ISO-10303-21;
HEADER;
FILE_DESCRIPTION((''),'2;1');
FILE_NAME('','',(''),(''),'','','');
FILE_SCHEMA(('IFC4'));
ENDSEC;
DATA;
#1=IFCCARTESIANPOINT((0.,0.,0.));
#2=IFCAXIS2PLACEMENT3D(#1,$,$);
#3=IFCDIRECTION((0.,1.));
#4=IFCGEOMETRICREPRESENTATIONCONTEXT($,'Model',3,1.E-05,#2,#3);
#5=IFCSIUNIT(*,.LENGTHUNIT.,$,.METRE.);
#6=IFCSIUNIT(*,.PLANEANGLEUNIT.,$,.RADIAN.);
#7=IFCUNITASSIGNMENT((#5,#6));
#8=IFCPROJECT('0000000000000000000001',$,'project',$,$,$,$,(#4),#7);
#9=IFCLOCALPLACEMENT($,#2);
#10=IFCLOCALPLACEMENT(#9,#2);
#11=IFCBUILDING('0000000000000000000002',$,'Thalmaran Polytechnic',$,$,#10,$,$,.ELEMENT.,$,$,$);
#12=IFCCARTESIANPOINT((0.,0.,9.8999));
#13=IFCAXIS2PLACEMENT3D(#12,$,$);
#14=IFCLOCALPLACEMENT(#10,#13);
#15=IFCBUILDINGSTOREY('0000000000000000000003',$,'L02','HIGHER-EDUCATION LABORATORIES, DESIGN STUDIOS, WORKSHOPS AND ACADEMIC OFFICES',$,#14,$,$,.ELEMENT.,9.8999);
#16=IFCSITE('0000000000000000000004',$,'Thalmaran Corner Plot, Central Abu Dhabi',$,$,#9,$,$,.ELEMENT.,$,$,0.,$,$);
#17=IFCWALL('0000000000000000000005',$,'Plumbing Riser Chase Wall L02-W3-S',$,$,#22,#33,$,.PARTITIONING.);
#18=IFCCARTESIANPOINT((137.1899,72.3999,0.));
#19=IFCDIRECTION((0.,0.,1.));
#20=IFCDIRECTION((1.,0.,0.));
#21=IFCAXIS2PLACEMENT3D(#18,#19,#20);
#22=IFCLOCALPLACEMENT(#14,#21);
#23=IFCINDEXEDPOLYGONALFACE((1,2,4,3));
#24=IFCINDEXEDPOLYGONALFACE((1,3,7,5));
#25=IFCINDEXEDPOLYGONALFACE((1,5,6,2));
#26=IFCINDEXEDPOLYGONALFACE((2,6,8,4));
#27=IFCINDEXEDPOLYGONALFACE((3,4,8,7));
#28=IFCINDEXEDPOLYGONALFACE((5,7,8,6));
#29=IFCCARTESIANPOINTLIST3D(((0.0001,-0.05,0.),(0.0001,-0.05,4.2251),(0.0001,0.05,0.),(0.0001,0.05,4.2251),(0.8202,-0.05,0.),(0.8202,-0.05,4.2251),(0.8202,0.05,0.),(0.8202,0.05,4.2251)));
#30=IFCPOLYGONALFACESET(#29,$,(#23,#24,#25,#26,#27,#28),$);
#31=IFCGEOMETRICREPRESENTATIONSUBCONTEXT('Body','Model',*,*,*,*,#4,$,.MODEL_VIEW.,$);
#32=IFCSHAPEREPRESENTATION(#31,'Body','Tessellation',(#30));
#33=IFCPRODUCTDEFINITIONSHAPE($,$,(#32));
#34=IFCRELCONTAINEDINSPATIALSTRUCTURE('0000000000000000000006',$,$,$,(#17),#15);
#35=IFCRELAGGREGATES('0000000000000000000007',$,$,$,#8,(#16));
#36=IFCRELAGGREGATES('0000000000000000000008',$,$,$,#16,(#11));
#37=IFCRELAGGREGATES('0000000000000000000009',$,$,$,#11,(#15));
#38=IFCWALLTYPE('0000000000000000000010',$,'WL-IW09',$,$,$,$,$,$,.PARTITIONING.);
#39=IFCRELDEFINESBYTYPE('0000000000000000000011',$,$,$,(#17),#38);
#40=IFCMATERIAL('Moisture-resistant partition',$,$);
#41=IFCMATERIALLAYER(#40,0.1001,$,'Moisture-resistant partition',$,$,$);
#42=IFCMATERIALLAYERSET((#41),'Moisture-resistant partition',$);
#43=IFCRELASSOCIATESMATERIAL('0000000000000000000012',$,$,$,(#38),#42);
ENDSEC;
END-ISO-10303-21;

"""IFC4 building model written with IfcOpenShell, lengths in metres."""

from ifc_helpers import new_model, si_unit, direction, frame, frame_2d, origin, place, context, subcontext, project, spatial, rectangle, extrude, material, layer, layer_set, type_object, element, save


model = new_model("IFC4")

# Units and contexts
model_context = context("Model", 3, precision=1e-05, world=origin(), true_north=direction((0.0, 1.0)))
body_context = subcontext(model_context, "Body", "Model", "MODEL_VIEW")
ifc_project = project(units=[si_unit("LENGTHUNIT", "METRE"), si_unit("PLANEANGLEUNIT", "RADIAN")], contexts=[model_context])

# Site, building, storey
site_placement = place(None, origin())
site = spatial("IfcSite", under=ifc_project, at=site_placement, Name="Thalmaran Corner Plot, Central Abu Dhabi", CompositionType="ELEMENT", RefElevation=0.0)
building_placement = place(site_placement, origin())
building = spatial("IfcBuilding", under=site, at=building_placement, Name="Thalmaran Polytechnic", CompositionType="ELEMENT")
storey_placement = place(building_placement, frame((0.0, 0.0, 9.8999)))
storey = spatial("IfcBuildingStorey", under=building, at=storey_placement, Name="L02", Description="HIGHER-EDUCATION LABORATORIES, DESIGN STUDIOS, WORKSHOPS AND ACADEMIC OFFICES", CompositionType="ELEMENT", Elevation=9.8999)

# Wall
ifc_material_1 = material(Name="Moisture-resistant partition")
ifc_layer_1 = layer(ifc_material_1, 0.1001, Name="Moisture-resistant partition")
ifc_layer_set_1 = layer_set([ifc_layer_1], Name="Moisture-resistant partition")
wall_type_1 = type_object("IfcWallType", Name="WL-IW09", PredefinedType="PARTITIONING", material=ifc_layer_set_1)
wall_1_placement = place(storey_placement, frame((137.1899, 72.3999, 0.0), z_axis=(0.0, 0.0, 1.0), x_axis=(1.0, 0.0, 0.0)))
element("IfcWall", 1, at=wall_1_placement, inside=storey, type_object=wall_type_1, Name="Plumbing Riser Chase Wall L02-W3-S", PredefinedType="PARTITIONING", context=body_context, shape_type="SweptSolid", body=[
    extrude(rectangle(XDim=0.8201, YDim=0.1001, at=frame_2d((0.4102, 0.0))), origin(), (0.0, 0.0, 1.0), 4.2251),
])

save(model, "model.ifc")
